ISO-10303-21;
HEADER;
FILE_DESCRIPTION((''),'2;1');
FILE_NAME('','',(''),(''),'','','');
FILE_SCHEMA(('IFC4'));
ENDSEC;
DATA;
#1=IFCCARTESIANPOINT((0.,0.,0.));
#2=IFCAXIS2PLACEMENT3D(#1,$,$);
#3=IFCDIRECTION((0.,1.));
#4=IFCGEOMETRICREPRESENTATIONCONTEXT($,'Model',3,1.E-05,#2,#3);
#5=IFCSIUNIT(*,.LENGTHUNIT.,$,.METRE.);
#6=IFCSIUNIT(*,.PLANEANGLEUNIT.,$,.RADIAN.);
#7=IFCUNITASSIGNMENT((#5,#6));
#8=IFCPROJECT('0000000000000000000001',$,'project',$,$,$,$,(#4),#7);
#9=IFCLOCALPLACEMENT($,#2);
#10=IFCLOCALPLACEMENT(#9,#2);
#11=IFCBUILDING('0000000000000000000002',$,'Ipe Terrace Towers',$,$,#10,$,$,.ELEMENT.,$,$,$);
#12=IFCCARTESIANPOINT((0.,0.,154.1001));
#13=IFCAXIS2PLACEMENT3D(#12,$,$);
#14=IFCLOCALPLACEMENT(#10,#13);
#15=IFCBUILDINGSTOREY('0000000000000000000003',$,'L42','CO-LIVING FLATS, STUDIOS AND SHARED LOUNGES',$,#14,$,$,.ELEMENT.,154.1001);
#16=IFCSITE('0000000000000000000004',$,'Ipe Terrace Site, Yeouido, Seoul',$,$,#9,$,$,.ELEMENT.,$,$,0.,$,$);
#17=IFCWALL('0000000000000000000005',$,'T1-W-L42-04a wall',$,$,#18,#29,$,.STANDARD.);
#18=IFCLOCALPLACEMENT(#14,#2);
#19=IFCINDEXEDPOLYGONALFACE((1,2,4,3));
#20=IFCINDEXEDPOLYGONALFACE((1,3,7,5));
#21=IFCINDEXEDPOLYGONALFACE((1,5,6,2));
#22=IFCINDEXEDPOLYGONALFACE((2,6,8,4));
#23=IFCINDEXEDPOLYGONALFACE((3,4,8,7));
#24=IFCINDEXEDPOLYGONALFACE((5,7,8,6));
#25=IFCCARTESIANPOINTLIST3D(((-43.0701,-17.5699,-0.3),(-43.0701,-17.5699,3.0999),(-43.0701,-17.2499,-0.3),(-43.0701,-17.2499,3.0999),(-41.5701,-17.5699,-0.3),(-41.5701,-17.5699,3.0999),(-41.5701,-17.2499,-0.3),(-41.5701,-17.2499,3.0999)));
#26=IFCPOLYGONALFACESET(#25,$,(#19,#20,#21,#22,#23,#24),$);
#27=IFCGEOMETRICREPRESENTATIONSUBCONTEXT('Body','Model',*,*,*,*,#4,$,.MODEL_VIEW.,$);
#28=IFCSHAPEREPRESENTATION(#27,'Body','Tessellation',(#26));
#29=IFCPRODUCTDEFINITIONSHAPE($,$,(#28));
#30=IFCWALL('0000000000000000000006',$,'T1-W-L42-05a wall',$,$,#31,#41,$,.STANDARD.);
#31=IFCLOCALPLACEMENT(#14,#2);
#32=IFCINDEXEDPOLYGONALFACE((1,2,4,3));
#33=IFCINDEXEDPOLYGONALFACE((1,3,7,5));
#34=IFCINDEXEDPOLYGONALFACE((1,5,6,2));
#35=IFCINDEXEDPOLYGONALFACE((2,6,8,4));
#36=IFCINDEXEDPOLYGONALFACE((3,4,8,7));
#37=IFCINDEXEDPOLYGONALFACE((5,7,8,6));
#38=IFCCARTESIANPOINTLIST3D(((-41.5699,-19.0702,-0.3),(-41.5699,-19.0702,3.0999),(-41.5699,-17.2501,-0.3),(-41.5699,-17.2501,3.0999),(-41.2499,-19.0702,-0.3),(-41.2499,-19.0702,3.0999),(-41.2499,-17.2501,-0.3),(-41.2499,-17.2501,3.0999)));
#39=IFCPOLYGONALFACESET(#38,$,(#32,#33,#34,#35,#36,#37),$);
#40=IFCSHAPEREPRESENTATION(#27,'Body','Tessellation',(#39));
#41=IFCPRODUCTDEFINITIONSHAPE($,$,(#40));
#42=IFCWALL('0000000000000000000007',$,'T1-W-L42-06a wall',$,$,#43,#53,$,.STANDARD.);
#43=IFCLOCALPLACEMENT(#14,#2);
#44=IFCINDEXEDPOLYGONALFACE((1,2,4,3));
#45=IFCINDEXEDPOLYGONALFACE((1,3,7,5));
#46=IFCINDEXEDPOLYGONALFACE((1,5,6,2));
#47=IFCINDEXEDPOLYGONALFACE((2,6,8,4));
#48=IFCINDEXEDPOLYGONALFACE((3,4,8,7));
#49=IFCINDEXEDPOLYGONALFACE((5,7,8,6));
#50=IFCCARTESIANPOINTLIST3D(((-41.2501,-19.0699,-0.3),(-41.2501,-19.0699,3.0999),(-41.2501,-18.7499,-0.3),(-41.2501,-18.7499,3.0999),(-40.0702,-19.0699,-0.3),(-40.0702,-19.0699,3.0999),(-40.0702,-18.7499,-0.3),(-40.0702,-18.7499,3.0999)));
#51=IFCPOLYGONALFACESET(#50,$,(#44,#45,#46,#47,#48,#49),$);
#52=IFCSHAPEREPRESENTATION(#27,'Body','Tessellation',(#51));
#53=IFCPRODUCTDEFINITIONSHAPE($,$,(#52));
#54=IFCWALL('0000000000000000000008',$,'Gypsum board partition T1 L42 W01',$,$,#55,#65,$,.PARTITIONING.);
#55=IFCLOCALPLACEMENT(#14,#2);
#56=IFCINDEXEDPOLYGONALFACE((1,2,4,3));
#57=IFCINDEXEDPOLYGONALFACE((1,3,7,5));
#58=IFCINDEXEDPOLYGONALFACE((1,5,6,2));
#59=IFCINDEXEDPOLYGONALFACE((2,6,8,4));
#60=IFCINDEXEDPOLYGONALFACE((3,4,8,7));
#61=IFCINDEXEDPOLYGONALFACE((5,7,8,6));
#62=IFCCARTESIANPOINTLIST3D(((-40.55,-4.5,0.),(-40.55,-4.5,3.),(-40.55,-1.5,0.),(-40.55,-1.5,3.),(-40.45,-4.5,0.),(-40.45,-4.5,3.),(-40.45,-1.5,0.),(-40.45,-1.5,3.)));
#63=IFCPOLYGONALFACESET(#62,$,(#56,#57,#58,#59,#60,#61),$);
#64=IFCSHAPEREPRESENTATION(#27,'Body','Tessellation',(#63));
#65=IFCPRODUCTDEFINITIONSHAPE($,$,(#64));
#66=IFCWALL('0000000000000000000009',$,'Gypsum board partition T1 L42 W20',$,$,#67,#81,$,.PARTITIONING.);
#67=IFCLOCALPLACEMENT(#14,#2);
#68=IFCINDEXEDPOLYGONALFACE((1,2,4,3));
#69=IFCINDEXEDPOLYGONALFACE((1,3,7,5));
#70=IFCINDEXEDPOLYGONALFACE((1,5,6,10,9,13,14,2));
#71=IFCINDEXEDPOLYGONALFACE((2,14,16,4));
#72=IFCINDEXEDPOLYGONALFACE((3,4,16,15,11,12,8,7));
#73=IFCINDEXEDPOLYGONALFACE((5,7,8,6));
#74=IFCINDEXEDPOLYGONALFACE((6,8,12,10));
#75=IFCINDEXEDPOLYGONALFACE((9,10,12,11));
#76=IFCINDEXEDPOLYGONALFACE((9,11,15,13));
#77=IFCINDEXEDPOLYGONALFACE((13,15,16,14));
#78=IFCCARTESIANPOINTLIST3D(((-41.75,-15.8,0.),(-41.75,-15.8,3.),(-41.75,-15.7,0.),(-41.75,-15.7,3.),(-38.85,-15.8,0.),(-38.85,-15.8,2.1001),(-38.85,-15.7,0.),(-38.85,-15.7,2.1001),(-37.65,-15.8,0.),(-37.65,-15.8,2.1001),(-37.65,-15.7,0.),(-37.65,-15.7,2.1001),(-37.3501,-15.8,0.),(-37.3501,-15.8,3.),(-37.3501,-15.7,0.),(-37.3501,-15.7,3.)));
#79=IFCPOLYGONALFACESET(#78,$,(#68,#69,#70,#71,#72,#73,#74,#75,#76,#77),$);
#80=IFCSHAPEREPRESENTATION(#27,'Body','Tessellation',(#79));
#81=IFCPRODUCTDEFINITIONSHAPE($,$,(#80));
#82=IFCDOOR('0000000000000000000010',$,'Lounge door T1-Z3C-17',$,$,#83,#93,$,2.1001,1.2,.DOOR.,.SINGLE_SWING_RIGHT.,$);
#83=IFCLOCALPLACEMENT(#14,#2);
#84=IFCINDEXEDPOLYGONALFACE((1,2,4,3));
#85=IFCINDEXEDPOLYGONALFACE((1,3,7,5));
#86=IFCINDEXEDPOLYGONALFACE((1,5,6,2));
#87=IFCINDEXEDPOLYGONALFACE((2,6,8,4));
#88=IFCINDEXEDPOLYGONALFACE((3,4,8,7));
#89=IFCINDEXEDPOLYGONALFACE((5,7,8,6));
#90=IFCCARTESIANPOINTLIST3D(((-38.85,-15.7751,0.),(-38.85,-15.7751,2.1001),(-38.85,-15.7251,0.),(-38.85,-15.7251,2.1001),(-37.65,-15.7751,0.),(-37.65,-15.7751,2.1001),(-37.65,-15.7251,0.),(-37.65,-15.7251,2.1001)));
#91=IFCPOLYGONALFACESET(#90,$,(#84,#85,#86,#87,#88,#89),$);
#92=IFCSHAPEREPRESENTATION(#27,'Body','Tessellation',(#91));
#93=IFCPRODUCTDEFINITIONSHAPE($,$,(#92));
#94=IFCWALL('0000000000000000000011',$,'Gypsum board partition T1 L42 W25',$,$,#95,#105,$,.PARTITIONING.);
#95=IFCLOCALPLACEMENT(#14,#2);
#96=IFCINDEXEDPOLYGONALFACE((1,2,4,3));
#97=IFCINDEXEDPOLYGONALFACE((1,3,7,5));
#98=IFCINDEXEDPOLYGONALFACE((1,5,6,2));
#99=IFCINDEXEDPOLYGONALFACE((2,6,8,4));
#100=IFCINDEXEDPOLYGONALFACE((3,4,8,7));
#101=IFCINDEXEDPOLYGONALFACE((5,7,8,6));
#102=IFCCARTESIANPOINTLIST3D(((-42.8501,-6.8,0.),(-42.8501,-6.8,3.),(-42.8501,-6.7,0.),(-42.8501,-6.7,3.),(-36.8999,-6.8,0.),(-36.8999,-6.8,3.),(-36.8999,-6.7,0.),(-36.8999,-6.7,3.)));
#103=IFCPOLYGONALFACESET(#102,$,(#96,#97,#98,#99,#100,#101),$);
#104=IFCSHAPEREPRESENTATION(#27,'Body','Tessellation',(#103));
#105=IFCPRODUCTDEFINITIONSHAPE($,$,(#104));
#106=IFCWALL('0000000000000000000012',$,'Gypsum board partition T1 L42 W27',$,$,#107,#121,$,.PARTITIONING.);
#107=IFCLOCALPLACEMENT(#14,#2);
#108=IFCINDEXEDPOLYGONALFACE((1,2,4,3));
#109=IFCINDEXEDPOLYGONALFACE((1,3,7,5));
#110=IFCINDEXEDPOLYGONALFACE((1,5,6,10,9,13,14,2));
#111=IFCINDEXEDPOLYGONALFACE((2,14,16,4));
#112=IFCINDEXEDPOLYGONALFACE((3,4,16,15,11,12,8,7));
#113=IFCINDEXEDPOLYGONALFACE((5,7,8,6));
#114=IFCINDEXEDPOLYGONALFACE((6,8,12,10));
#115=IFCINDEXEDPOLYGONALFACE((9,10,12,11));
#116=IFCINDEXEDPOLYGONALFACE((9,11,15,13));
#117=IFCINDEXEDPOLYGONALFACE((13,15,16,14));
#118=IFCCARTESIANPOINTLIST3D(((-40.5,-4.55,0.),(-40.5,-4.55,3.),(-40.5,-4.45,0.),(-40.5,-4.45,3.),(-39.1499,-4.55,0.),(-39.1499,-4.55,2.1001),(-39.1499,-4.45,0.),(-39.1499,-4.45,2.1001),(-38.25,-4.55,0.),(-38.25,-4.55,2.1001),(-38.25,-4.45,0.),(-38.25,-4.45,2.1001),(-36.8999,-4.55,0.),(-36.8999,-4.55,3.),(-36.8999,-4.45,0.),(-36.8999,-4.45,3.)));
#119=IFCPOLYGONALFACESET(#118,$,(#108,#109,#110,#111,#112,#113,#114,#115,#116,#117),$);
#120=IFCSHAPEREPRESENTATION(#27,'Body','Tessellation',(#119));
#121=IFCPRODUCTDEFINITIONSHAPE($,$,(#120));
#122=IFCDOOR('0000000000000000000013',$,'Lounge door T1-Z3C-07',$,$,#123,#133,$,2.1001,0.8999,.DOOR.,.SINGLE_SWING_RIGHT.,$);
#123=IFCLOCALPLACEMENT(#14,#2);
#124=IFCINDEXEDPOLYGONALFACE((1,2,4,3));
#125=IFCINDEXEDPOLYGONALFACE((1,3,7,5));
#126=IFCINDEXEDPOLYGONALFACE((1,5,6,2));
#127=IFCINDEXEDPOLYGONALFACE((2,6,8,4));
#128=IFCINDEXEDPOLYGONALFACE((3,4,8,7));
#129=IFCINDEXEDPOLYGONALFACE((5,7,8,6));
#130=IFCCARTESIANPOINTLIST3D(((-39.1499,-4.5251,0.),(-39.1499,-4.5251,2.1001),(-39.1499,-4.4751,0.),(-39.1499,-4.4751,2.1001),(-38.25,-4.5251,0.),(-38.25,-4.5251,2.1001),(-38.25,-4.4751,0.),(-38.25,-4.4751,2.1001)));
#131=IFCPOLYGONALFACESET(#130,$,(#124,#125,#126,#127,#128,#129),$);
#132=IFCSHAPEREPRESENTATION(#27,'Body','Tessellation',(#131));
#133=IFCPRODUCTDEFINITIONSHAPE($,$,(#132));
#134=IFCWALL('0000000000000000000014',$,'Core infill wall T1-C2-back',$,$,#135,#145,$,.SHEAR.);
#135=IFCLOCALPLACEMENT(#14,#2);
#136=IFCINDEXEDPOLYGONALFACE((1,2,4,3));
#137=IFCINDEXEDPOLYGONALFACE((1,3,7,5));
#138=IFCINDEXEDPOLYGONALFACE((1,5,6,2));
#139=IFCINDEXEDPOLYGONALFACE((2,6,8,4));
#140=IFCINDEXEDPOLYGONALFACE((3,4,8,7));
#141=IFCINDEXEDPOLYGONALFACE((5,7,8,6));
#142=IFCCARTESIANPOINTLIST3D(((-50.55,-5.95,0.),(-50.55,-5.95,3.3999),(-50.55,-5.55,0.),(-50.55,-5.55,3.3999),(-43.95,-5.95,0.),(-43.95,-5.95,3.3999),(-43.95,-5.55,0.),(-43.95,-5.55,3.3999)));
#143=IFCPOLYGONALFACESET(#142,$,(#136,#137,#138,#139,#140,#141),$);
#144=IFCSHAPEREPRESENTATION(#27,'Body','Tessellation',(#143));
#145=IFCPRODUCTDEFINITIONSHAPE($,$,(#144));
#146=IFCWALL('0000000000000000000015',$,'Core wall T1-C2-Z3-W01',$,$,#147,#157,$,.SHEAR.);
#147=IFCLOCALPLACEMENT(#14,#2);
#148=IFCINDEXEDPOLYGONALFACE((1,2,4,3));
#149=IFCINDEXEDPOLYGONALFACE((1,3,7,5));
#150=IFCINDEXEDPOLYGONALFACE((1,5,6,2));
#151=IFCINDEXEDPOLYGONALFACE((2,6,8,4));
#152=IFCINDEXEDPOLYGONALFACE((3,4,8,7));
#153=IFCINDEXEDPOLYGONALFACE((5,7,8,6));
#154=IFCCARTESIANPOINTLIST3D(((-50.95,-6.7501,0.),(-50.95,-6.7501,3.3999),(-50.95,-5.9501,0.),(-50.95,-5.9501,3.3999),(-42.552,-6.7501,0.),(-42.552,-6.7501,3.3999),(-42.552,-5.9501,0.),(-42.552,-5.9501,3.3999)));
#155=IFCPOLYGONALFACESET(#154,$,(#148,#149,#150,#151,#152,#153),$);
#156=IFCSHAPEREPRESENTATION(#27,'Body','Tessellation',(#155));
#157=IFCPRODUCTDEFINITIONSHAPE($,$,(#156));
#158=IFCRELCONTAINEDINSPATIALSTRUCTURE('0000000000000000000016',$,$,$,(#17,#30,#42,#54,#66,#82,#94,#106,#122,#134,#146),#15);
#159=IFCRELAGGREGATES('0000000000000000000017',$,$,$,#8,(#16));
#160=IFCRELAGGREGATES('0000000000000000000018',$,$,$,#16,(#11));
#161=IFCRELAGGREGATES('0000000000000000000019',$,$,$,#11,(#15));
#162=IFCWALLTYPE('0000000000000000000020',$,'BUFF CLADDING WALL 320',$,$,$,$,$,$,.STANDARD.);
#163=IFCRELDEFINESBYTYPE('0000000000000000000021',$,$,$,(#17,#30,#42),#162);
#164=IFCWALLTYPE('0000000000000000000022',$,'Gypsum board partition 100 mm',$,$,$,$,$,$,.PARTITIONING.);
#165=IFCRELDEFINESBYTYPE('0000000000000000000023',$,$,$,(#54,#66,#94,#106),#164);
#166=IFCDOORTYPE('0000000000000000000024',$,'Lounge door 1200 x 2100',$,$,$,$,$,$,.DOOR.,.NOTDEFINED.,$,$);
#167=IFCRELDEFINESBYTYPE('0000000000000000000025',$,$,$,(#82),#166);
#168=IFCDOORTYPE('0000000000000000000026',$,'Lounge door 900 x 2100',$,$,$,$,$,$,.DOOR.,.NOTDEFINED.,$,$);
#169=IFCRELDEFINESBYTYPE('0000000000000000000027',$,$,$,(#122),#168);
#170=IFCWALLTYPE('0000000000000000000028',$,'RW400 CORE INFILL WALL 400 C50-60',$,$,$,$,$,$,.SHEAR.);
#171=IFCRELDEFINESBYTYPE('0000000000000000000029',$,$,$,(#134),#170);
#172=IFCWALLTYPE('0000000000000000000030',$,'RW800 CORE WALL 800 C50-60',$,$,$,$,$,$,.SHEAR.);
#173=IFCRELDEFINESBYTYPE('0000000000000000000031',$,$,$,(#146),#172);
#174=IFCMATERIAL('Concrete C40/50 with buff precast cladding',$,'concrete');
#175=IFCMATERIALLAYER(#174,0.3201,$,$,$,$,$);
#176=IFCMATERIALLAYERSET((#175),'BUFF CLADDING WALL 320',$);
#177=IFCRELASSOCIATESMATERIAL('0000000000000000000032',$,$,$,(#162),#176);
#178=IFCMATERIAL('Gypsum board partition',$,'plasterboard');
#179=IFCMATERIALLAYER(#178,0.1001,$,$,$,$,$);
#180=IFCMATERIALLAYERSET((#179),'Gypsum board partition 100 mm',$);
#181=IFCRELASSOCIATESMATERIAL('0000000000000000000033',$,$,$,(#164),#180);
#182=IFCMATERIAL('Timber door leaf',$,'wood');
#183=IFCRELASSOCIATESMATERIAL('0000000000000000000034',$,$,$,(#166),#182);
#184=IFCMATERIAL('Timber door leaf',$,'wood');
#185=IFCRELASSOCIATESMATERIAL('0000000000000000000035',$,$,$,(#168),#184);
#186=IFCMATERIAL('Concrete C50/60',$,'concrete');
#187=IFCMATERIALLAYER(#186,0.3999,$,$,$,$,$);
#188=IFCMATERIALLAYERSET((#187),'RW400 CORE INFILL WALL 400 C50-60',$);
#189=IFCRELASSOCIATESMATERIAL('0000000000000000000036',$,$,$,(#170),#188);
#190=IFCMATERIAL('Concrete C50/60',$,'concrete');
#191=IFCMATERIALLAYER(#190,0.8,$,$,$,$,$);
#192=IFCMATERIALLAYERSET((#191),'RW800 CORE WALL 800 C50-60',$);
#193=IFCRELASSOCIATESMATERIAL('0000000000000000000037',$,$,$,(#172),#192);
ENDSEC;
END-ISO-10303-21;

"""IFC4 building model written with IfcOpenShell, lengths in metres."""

from ifc_helpers import new_model, si_unit, direction, frame, frame_2d, origin, place, context, subcontext, project, spatial, rectangle, extrude, material, layer, layer_set, type_object, element, fill, save


model = new_model("IFC4")

# Units and contexts
model_context = context("Model", 3, precision=1e-05, world=origin(), true_north=direction((0.0, 1.0)))
body_context = subcontext(model_context, "Body", "Model", "MODEL_VIEW")
ifc_project = project(units=[si_unit("LENGTHUNIT", "METRE"), si_unit("PLANEANGLEUNIT", "RADIAN")], contexts=[model_context])

# Site, building, storey
site_placement = place(None, origin())
site = spatial("IfcSite", under=ifc_project, at=site_placement, Name="Ipe Terrace Site, Yeouido, Seoul", CompositionType="ELEMENT", RefElevation=0.0)
building_placement = place(site_placement, origin())
building = spatial("IfcBuilding", under=site, at=building_placement, Name="Ipe Terrace Towers", CompositionType="ELEMENT")
storey_placement = place(building_placement, frame((0.0, 0.0, 154.1001)))
storey = spatial("IfcBuildingStorey", under=building, at=storey_placement, Name="L42", Description="CO-LIVING FLATS, STUDIOS AND SHARED LOUNGES", CompositionType="ELEMENT", Elevation=154.1001)

# Walls
ifc_material_1 = material(Name="Concrete C40/50 with buff precast cladding", Category="concrete")
ifc_layer_1 = layer(ifc_material_1, 0.3201)
ifc_layer_set_1 = layer_set([ifc_layer_1], Name="BUFF CLADDING WALL 320")
wall_type_1 = type_object("IfcWallType", Name="BUFF CLADDING WALL 320", PredefinedType="STANDARD", material=ifc_layer_set_1)
wall_1_placement = place(storey_placement, frame((-43.0701, -17.4099, -0.3), z_axis=(0.0, 0.0, 1.0), x_axis=(1.0, 0.0, 0.0)))
element("IfcWall", 1, at=wall_1_placement, inside=storey, type_object=wall_type_1, Name="T1-W-L42-04a wall", PredefinedType="STANDARD", context=body_context, shape_type="SweptSolid", body=[
    extrude(rectangle(XDim=1.5, YDim=0.3201, at=frame_2d((0.75, 0.0))), origin(), (0.0, 0.0, 1.0), 3.3999),
])
wall_2_placement = place(storey_placement, frame((-41.4099, -17.25, -0.3), z_axis=(0.0, 0.0, 1.0), x_axis=(0.0, -1.0, 0.0)))
element("IfcWall", 2, at=wall_2_placement, inside=storey, type_object=wall_type_1, Name="T1-W-L42-05a wall", PredefinedType="STANDARD", context=body_context, shape_type="SweptSolid", body=[
    extrude(rectangle(XDim=1.8201, YDim=0.3201, at=frame_2d((0.9102, 0.0))), origin(), (0.0, 0.0, 1.0), 3.3999),
])
wall_3_placement = place(storey_placement, frame((-41.25, -18.9099, -0.3), z_axis=(0.0, 0.0, 1.0), x_axis=(1.0, 0.0, 0.0)))
element("IfcWall", 3, at=wall_3_placement, inside=storey, type_object=wall_type_1, Name="T1-W-L42-06a wall", PredefinedType="STANDARD", context=body_context, shape_type="SweptSolid", body=[
    extrude(rectangle(XDim=1.1799, YDim=0.3201, at=frame_2d((0.5898, 0.0))), origin(), (0.0, 0.0, 1.0), 3.3999),
])
ifc_material_2 = material(Name="Gypsum board partition", Category="plasterboard")
ifc_layer_2 = layer(ifc_material_2, 0.1001)
ifc_layer_set_2 = layer_set([ifc_layer_2], Name="Gypsum board partition 100 mm")
wall_type_2 = type_object("IfcWallType", Name="Gypsum board partition 100 mm", PredefinedType="PARTITIONING", material=ifc_layer_set_2)
wall_4_placement = place(storey_placement, frame((-40.5, -4.5, 0.0), z_axis=(0.0, 0.0, 1.0), x_axis=(0.0, 1.0, 0.0)))
element("IfcWall", 4, at=wall_4_placement, inside=storey, type_object=wall_type_2, Name="Gypsum board partition T1 L42 W01", PredefinedType="PARTITIONING", context=body_context, shape_type="SweptSolid", body=[
    extrude(rectangle(XDim=3.0, YDim=0.1001, at=frame_2d((1.5, 0.0))), origin(), (0.0, 0.0, 1.0), 3.0),
])

# Wall, opening, door
wall_5_placement = place(storey_placement, frame((-41.75, -15.75, 0.0), z_axis=(0.0, 0.0, 1.0), x_axis=(1.0, 0.0, 0.0)))
wall_5 = element("IfcWall", 5, at=wall_5_placement, inside=storey, type_object=wall_type_2, Name="Gypsum board partition T1 L42 W20", PredefinedType="PARTITIONING", context=body_context, shape_type="SweptSolid", body=[
    extrude(rectangle(XDim=4.3999, YDim=0.1001, at=frame_2d((2.2, 0.0))), origin(), (0.0, 0.0, 1.0), 3.0),
])
opening_1_placement = place(wall_5_placement, frame((2.8999, 0.0, 0.0)))
opening_1 = element("IfcOpeningElement", 6, at=opening_1_placement, cuts=wall_5, PredefinedType="OPENING", context=body_context, shape_type="SweptSolid", body=[
    extrude(rectangle(XDim=1.2, YDim=2.1001, at=frame_2d((0.6001, 1.05))), frame((0.0, 0.0601, 0.0), z_axis=(0.0, -1.0, 0.0), x_axis=(1.0, 0.0, 0.0)), (0.0, 0.0, 1.0), 0.1201),
])
ifc_material_3 = material(Name="Timber door leaf", Category="wood")
door_type_1 = type_object("IfcDoorType", Name="Lounge door 1200 x 2100", OperationType="NOTDEFINED", PredefinedType="DOOR", material=ifc_material_3)
door_1_placement = place(opening_1_placement, origin())
door_1 = element("IfcDoor", 7, at=door_1_placement, inside=storey, type_object=door_type_1, Name="Lounge door T1-Z3C-17", OperationType="SINGLE_SWING_RIGHT", OverallHeight=2.1001, OverallWidth=1.2, PredefinedType="DOOR", context=body_context, shape_type="SweptSolid", body=[
    extrude(rectangle(XDim=1.2, YDim=2.1001, at=frame_2d((0.6001, 1.05))), frame((0.0, 0.0249, 0.0), z_axis=(0.0, -1.0, 0.0), x_axis=(1.0, 0.0, 0.0)), (0.0, 0.0, 1.0), 0.05),
])
fill(opening_1, door_1)

# Wall
wall_6_placement = place(storey_placement, frame((-42.8501, -6.75, 0.0), z_axis=(0.0, 0.0, 1.0), x_axis=(1.0, 0.0, 0.0)))
element("IfcWall", 8, at=wall_6_placement, inside=storey, type_object=wall_type_2, Name="Gypsum board partition T1 L42 W25", PredefinedType="PARTITIONING", context=body_context, shape_type="SweptSolid", body=[
    extrude(rectangle(XDim=5.9502, YDim=0.1001, at=frame_2d((2.9751, 0.0))), origin(), (0.0, 0.0, 1.0), 3.0),
])

# Wall, opening, door
wall_7_placement = place(storey_placement, frame((-40.5, -4.5, 0.0), z_axis=(0.0, 0.0, 1.0), x_axis=(1.0, 0.0, 0.0)))
wall_7 = element("IfcWall", 9, at=wall_7_placement, inside=storey, type_object=wall_type_2, Name="Gypsum board partition T1 L42 W27", PredefinedType="PARTITIONING", context=body_context, shape_type="SweptSolid", body=[
    extrude(rectangle(XDim=3.6001, YDim=0.1001, at=frame_2d((1.8, 0.0))), origin(), (0.0, 0.0, 1.0), 3.0),
])
opening_2_placement = place(wall_7_placement, frame((1.3501, 0.0, 0.0)))
opening_2 = element("IfcOpeningElement", 10, at=opening_2_placement, cuts=wall_7, PredefinedType="OPENING", context=body_context, shape_type="SweptSolid", body=[
    extrude(rectangle(XDim=0.8999, YDim=2.1001, at=frame_2d((0.45, 1.05))), frame((0.0, 0.0601, 0.0), z_axis=(0.0, -1.0, 0.0), x_axis=(1.0, 0.0, 0.0)), (0.0, 0.0, 1.0), 0.1201),
])
ifc_material_4 = material(Name="Timber door leaf", Category="wood")
door_type_2 = type_object("IfcDoorType", Name="Lounge door 900 x 2100", OperationType="NOTDEFINED", PredefinedType="DOOR", material=ifc_material_4)
door_2_placement = place(opening_2_placement, origin())
door_2 = element("IfcDoor", 11, at=door_2_placement, inside=storey, type_object=door_type_2, Name="Lounge door T1-Z3C-07", OperationType="SINGLE_SWING_RIGHT", OverallHeight=2.1001, OverallWidth=0.8999, PredefinedType="DOOR", context=body_context, shape_type="SweptSolid", body=[
    extrude(rectangle(XDim=0.8999, YDim=2.1001, at=frame_2d((0.45, 1.05))), frame((0.0, 0.0249, 0.0), z_axis=(0.0, -1.0, 0.0), x_axis=(1.0, 0.0, 0.0)), (0.0, 0.0, 1.0), 0.05),
])
fill(opening_2, door_2)

# Walls
ifc_material_5 = material(Name="Concrete C50/60", Category="concrete")
ifc_layer_3 = layer(ifc_material_5, 0.3999)
ifc_layer_set_3 = layer_set([ifc_layer_3], Name="RW400 CORE INFILL WALL 400 C50-60")
wall_type_3 = type_object("IfcWallType", Name="RW400 CORE INFILL WALL 400 C50-60", PredefinedType="SHEAR", material=ifc_layer_set_3)
wall_8_placement = place(storey_placement, frame((-43.95, -5.75, 0.0), z_axis=(0.0, 0.0, 1.0), x_axis=(-1.0, 0.0, 0.0)))
element("IfcWall", 12, at=wall_8_placement, inside=storey, type_object=wall_type_3, Name="Core infill wall T1-C2-back", PredefinedType="SHEAR", context=body_context, shape_type="SweptSolid", body=[
    extrude(rectangle(XDim=6.6001, YDim=0.3999, at=frame_2d((3.3, 0.0))), origin(), (0.0, 0.0, 1.0), 3.3999),
])
ifc_material_6 = material(Name="Concrete C50/60", Category="concrete")
ifc_layer_4 = layer(ifc_material_6, 0.8)
ifc_layer_set_4 = layer_set([ifc_layer_4], Name="RW800 CORE WALL 800 C50-60")
wall_type_4 = type_object("IfcWallType", Name="RW800 CORE WALL 800 C50-60", PredefinedType="SHEAR", material=ifc_layer_set_4)
wall_9_placement = place(storey_placement, frame((-50.95, -6.3501, 0.0), z_axis=(0.0, 0.0, 1.0), x_axis=(1.0, 0.0, 0.0)))
element("IfcWall", 13, at=wall_9_placement, inside=storey, type_object=wall_type_4, Name="Core wall T1-C2-Z3-W01", PredefinedType="SHEAR", context=body_context, shape_type="SweptSolid", body=[
    extrude(rectangle(XDim=8.3979, YDim=0.8, at=frame_2d((4.199, 0.0))), origin(), (0.0, 0.0, 1.0), 3.3999),
])

save(model, "model.ifc")
